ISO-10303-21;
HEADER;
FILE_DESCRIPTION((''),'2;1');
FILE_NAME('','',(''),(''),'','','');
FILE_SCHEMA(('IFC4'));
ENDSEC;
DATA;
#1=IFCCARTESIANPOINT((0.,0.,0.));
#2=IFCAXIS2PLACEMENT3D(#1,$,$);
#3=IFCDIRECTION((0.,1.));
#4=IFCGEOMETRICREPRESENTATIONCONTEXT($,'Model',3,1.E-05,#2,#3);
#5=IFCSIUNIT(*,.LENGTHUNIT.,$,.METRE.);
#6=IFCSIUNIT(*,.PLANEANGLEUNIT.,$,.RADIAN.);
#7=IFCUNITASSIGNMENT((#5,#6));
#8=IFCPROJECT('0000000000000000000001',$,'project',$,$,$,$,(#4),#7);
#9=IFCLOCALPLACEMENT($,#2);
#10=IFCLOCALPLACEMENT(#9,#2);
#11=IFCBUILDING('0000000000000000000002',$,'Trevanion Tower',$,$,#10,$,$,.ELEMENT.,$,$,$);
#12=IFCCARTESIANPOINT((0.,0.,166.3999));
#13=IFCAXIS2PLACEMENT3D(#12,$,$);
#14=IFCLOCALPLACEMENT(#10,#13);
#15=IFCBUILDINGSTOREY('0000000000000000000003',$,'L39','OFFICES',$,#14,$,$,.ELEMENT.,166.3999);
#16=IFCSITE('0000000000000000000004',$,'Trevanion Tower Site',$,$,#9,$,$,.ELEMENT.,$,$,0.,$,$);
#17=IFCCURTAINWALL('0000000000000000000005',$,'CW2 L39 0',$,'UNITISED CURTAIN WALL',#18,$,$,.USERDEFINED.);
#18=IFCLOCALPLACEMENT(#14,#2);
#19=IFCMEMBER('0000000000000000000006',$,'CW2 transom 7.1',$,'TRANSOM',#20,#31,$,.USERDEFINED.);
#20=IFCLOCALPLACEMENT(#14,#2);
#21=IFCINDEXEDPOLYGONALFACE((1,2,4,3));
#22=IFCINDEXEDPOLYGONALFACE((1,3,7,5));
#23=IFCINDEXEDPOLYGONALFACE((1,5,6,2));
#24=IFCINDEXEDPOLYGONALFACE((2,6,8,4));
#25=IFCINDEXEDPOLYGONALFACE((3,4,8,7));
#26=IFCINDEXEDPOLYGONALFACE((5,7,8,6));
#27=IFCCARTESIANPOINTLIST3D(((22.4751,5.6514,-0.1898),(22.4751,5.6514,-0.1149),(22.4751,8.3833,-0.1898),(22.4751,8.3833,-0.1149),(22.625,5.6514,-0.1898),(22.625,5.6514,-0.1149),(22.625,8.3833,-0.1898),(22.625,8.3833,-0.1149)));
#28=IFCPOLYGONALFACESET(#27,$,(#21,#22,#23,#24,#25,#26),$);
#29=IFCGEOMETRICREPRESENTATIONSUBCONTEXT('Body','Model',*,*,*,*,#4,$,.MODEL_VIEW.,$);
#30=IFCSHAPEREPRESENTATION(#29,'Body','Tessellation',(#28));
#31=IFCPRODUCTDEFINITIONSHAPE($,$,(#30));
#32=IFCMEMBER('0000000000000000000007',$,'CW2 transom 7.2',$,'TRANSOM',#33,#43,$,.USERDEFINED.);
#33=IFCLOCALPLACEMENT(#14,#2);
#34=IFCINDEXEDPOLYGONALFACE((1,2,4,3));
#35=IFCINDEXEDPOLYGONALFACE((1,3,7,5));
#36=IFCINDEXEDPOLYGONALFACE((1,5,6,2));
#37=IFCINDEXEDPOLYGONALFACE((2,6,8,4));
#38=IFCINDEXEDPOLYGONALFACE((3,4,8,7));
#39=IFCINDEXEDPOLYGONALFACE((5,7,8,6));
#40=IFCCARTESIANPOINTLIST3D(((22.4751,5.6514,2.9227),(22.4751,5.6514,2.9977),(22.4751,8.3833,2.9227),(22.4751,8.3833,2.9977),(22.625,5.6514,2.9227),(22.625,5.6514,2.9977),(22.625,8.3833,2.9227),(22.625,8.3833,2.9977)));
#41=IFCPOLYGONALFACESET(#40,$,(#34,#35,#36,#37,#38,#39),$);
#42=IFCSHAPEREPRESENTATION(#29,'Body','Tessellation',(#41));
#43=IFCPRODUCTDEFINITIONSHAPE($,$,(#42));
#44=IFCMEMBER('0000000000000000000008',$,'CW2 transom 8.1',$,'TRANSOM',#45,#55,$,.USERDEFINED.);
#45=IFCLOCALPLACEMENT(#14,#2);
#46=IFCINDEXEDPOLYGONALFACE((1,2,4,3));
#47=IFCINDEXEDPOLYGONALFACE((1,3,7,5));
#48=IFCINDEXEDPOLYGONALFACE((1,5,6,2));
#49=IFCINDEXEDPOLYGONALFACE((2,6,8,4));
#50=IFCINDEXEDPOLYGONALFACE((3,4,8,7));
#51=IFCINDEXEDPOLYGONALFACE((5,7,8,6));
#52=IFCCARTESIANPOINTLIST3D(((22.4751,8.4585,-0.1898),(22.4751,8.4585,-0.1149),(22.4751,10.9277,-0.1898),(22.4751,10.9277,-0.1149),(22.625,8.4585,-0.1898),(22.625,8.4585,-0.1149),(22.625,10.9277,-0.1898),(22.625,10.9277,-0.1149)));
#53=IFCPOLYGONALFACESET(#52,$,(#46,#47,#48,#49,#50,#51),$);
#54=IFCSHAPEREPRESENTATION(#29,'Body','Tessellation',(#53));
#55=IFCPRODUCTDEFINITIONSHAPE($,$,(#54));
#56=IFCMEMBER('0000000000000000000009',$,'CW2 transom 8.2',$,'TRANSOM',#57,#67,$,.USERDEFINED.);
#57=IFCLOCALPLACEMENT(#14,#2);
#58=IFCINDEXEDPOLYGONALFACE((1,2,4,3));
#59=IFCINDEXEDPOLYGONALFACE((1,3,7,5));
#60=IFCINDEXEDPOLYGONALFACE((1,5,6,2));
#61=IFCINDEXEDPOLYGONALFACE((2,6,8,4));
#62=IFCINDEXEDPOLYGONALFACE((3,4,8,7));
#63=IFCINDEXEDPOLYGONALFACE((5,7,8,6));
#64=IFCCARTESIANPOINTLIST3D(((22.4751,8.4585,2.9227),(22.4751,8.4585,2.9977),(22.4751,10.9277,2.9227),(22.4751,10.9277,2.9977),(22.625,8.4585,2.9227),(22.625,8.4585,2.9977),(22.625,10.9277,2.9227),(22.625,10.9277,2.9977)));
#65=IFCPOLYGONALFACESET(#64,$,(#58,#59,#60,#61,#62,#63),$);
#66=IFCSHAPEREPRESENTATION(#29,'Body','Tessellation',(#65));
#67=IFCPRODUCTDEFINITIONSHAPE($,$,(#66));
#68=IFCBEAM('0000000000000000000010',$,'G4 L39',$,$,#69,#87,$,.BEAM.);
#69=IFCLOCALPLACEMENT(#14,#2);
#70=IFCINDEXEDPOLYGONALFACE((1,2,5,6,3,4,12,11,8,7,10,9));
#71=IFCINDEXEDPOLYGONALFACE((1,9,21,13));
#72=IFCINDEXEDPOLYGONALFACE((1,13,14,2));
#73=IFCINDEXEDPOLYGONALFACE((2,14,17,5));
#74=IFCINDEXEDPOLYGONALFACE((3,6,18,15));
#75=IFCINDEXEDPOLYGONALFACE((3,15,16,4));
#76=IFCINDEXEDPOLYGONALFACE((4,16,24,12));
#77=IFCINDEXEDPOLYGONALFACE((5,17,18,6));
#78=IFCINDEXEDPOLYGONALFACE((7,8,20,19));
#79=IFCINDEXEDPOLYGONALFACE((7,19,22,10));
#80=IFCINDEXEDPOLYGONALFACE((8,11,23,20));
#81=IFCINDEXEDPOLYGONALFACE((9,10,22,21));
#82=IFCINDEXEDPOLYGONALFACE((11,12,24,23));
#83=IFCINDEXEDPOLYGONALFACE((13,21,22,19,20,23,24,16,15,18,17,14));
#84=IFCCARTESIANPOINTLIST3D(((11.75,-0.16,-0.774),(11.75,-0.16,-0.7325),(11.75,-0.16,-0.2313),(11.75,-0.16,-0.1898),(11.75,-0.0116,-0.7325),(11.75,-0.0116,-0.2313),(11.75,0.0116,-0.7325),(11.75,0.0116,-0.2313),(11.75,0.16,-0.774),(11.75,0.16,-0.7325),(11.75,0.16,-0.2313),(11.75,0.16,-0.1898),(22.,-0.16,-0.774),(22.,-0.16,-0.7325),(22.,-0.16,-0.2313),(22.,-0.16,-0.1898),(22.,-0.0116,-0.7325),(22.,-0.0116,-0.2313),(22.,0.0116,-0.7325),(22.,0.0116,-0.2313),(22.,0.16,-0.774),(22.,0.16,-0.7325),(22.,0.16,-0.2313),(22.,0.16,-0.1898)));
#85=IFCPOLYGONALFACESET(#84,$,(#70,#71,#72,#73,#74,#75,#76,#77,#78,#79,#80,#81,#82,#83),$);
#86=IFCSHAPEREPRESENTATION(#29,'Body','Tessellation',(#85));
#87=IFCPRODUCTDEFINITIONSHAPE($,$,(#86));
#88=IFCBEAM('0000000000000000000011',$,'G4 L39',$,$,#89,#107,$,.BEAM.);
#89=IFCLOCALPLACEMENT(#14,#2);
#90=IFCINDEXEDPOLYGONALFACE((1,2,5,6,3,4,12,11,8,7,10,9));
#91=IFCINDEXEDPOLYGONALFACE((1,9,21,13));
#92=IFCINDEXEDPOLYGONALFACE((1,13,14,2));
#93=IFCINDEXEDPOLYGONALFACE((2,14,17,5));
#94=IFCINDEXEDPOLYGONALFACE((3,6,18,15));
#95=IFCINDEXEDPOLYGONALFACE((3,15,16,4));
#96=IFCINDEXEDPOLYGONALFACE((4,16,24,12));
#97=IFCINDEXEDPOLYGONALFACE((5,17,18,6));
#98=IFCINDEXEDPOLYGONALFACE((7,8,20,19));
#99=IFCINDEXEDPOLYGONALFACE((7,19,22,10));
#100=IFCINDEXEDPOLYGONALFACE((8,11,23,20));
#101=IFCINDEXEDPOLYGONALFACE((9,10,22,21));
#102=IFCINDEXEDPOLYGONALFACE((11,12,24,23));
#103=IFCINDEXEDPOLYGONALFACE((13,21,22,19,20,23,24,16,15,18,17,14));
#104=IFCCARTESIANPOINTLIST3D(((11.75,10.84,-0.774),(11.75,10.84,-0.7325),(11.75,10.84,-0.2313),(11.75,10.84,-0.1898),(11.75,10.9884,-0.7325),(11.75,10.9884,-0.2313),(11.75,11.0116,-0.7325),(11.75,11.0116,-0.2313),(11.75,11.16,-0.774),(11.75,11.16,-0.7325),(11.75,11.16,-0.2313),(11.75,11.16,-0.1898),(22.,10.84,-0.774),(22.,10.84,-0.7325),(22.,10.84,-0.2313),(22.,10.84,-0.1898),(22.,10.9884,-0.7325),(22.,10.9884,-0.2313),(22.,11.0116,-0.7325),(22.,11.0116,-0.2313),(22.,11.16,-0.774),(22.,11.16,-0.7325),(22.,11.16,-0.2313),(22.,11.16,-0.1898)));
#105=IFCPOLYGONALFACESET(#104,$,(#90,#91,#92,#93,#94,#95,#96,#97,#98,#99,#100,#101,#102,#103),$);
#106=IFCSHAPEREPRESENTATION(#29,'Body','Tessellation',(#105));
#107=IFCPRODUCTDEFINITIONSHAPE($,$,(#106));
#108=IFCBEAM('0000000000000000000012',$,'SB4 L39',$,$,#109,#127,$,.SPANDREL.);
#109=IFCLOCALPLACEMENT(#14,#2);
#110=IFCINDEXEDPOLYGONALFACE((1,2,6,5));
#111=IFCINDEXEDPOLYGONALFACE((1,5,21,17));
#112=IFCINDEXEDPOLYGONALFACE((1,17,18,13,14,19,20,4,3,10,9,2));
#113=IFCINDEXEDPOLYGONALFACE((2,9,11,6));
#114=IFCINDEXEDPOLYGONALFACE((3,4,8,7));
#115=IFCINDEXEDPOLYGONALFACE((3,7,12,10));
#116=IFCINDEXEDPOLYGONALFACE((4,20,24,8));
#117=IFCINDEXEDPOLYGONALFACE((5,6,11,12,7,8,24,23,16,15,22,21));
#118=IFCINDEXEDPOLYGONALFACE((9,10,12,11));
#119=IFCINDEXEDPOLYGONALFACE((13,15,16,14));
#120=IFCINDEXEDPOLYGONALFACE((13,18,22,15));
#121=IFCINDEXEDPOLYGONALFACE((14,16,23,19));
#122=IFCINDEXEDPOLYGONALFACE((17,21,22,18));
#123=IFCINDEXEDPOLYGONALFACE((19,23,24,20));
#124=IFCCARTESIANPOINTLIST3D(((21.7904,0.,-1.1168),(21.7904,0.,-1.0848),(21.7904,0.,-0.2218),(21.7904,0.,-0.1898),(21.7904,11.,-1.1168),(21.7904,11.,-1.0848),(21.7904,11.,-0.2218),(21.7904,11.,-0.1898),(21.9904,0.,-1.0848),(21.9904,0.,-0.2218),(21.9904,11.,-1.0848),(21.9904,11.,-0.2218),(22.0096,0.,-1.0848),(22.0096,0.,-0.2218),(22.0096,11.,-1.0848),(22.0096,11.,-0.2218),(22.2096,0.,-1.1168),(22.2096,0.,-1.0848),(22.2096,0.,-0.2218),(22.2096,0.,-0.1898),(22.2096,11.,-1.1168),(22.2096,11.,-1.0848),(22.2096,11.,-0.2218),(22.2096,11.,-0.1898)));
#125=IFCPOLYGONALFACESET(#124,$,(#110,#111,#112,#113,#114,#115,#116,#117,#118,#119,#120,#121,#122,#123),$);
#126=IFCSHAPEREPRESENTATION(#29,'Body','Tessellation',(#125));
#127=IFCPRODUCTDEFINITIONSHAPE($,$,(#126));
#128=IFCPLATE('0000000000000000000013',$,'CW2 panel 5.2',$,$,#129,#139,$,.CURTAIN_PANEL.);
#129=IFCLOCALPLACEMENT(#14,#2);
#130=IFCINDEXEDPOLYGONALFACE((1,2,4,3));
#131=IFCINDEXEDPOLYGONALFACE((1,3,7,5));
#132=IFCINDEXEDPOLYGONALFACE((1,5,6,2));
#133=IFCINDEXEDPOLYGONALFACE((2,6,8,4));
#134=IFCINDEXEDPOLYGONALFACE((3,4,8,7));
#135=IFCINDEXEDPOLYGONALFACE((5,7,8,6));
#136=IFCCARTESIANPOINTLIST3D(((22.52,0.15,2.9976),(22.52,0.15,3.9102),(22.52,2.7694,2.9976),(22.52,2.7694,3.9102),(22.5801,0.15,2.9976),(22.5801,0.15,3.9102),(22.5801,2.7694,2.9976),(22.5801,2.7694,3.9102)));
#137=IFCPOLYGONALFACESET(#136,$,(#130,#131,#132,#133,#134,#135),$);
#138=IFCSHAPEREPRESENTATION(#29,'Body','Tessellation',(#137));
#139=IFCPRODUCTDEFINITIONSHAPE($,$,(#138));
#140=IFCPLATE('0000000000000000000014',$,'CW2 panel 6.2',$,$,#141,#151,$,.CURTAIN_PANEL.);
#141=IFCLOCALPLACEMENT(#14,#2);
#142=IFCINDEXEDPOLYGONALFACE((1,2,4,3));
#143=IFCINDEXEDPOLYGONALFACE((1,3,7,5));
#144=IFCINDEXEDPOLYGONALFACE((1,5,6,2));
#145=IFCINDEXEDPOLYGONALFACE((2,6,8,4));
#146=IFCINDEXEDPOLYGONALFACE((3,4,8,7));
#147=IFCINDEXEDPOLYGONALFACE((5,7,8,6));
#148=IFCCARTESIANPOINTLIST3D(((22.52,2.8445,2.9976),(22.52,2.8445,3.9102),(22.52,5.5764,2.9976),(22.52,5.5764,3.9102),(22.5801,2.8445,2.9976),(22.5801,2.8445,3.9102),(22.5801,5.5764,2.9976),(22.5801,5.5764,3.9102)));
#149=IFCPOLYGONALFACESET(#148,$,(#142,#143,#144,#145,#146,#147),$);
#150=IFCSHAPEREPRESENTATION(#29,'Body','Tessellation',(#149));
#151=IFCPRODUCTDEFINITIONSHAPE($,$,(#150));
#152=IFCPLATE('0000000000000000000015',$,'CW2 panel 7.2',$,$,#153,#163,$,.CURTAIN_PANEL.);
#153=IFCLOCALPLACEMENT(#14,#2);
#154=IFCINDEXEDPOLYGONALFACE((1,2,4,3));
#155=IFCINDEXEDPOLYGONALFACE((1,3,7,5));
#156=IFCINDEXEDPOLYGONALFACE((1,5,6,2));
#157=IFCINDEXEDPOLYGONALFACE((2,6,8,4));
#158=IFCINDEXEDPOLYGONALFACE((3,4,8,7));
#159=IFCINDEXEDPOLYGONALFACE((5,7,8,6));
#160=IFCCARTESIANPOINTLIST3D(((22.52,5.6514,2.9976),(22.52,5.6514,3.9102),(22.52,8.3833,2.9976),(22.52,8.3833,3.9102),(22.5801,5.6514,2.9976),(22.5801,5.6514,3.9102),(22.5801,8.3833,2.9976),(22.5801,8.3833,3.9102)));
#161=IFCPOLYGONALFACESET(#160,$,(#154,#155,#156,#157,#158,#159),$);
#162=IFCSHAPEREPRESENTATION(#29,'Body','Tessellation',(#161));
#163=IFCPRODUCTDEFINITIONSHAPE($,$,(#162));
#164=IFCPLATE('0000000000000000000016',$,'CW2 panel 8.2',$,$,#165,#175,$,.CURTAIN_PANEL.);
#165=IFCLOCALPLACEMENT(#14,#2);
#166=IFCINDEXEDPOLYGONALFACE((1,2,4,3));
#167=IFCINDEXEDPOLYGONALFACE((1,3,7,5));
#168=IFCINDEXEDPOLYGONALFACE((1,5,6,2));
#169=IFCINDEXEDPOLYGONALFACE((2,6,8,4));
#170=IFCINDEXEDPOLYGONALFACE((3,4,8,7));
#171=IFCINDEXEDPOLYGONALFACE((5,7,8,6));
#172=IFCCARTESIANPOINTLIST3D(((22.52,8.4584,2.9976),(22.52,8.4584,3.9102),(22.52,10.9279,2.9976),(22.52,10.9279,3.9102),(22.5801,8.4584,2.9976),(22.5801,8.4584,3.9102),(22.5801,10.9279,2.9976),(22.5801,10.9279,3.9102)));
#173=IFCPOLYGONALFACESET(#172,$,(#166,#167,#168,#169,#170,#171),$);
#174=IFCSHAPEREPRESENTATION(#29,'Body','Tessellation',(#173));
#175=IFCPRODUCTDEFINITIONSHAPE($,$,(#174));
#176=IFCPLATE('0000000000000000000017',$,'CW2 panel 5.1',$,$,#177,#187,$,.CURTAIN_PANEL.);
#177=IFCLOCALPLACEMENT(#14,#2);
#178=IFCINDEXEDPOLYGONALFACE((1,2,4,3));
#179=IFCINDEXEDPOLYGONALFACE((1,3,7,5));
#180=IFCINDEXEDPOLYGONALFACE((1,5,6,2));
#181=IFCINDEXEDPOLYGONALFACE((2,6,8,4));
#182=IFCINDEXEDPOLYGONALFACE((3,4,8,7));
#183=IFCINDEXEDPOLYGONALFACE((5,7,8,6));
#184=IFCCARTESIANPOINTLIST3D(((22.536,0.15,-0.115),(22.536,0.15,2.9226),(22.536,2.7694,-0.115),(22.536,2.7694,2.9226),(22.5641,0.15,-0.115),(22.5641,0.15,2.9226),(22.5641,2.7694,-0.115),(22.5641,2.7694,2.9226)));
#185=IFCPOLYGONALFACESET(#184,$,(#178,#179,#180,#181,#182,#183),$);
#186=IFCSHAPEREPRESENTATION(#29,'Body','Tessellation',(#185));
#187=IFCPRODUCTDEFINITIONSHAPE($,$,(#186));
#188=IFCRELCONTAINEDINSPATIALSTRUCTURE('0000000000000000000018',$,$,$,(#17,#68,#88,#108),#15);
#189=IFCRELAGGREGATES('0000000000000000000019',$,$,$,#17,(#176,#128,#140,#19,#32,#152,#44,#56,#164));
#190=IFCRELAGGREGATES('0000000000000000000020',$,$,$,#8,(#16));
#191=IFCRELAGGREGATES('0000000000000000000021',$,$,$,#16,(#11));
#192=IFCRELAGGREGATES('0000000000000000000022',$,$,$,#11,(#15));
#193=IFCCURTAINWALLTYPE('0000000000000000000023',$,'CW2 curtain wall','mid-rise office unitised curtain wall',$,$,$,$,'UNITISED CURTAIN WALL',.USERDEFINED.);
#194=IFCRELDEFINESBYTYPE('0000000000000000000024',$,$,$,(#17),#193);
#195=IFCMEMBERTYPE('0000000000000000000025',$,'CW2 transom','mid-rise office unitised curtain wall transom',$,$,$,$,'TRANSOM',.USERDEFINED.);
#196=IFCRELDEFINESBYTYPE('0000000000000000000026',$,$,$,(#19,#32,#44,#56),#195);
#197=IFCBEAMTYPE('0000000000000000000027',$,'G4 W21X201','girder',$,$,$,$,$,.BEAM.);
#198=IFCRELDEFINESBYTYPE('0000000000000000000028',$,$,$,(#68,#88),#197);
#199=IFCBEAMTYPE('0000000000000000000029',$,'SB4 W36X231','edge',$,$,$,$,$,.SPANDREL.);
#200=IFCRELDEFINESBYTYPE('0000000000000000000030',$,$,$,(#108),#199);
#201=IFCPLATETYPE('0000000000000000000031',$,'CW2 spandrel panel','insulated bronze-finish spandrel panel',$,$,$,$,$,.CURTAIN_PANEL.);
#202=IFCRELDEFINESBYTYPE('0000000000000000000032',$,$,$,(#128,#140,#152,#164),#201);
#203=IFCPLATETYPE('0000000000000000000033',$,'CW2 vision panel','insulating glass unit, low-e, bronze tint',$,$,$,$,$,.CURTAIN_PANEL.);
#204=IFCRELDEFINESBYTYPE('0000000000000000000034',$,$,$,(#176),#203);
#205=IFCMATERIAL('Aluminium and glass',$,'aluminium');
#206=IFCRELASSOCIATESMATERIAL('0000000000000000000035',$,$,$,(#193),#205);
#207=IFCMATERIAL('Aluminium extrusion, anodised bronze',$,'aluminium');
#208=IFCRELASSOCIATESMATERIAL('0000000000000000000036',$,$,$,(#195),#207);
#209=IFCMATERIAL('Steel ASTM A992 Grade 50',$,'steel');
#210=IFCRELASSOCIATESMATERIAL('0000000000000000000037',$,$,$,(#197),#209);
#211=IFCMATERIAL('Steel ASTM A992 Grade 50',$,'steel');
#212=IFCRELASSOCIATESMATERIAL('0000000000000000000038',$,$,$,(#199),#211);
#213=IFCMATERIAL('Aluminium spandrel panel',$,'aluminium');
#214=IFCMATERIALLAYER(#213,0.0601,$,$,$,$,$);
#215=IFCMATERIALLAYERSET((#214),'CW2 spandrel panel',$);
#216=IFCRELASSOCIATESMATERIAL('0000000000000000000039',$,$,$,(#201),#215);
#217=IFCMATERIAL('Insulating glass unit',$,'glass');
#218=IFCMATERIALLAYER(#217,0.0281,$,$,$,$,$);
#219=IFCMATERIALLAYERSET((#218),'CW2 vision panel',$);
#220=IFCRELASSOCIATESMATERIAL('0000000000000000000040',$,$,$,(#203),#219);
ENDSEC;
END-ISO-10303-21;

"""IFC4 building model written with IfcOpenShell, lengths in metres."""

from ifc_helpers import new_model, si_unit, direction, frame, origin, origin_2d, place, context, subcontext, project, spatial, rectangle, i_section, extrude, material, layer, layer_set, material_profile, profile_set, type_object, element, aggregate, save


model = new_model("IFC4")

# Units and contexts
model_context = context("Model", 3, precision=1e-05, world=origin(), true_north=direction((0.0, 1.0)))
body_context = subcontext(model_context, "Body", "Model", "MODEL_VIEW")
ifc_project = project(units=[si_unit("LENGTHUNIT", "METRE"), si_unit("PLANEANGLEUNIT", "RADIAN")], contexts=[model_context])

# Site, building, storey
site_placement = place(None, origin())
site = spatial("IfcSite", under=ifc_project, at=site_placement, Name="Trevanion Tower Site", CompositionType="ELEMENT", RefElevation=0.0)
building_placement = place(site_placement, origin())
building = spatial("IfcBuilding", under=site, at=building_placement, Name="Trevanion Tower", CompositionType="ELEMENT")
storey_placement = place(building_placement, frame((0.0, 0.0, 166.3999)))
storey = spatial("IfcBuildingStorey", under=building, at=storey_placement, Name="L39", Description="OFFICES", CompositionType="ELEMENT", Elevation=166.3999)

# Curtain wall, members
ifc_material_1 = material(Name="Aluminium and glass", Category="aluminium")
curtain_wall_type = type_object("IfcCurtainWallType", Name="CW2 curtain wall", Description="mid-rise office unitised curtain wall", ElementType="UNITISED CURTAIN WALL", PredefinedType="USERDEFINED", material=ifc_material_1)
curtain_wall_placement = place(storey_placement, origin())
curtain_wall = element("IfcCurtainWall", 1, at=curtain_wall_placement, inside=storey, type_object=curtain_wall_type, Name="CW2 L39 0", ObjectType="UNITISED CURTAIN WALL", PredefinedType="USERDEFINED")
ifc_material_2 = material(Name="Aluminium extrusion, anodised bronze", Category="aluminium")
ifc_material_profile_1 = material_profile(ifc_material_2, rectangle(XDim=0.1499, YDim=0.075, at=origin_2d()), Name="CW2 transom")
ifc_profile_set_1 = profile_set([ifc_material_profile_1], Name="Aluminium extrusion, anodised bronze")
member_type_1 = type_object("IfcMemberType", Name="CW2 transom", Description="mid-rise office unitised curtain wall transom", ElementType="TRANSOM", PredefinedType="USERDEFINED", material=ifc_profile_set_1)
member_1_placement = place(storey_placement, frame((22.55, 5.6514, -0.1523), z_axis=(0.0, 1.0, 0.0), x_axis=(-1.0, 0.0, 0.0)))
member_1 = element("IfcMember", 2, at=member_1_placement, type_object=member_type_1, Name="CW2 transom 7.1", ObjectType="TRANSOM", PredefinedType="USERDEFINED", context=body_context, shape_type="SweptSolid", body=[
    extrude(rectangle(XDim=0.1499, YDim=0.075, at=origin_2d()), origin(), (0.0, 0.0, 1.0), 2.7319),
])
member_2_placement = place(storey_placement, frame((22.55, 5.6514, 2.9602), z_axis=(0.0, 1.0, 0.0), x_axis=(-1.0, 0.0, 0.0)))
member_2 = element("IfcMember", 3, at=member_2_placement, type_object=member_type_1, Name="CW2 transom 7.2", ObjectType="TRANSOM", PredefinedType="USERDEFINED", context=body_context, shape_type="SweptSolid", body=[
    extrude(rectangle(XDim=0.1499, YDim=0.075, at=origin_2d()), origin(), (0.0, 0.0, 1.0), 2.7319),
])
member_3_placement = place(storey_placement, frame((22.55, 8.4585, -0.1523), z_axis=(0.0, 1.0, 0.0), x_axis=(-1.0, 0.0, 0.0)))
member_3 = element("IfcMember", 4, at=member_3_placement, type_object=member_type_1, Name="CW2 transom 8.1", ObjectType="TRANSOM", PredefinedType="USERDEFINED", context=body_context, shape_type="SweptSolid", body=[
    extrude(rectangle(XDim=0.1499, YDim=0.075, at=origin_2d()), origin(), (0.0, 0.0, 1.0), 2.4692),
])
member_4_placement = place(storey_placement, frame((22.55, 8.4585, 2.9602), z_axis=(0.0, 1.0, 0.0), x_axis=(-1.0, 0.0, 0.0)))
member_4 = element("IfcMember", 5, at=member_4_placement, type_object=member_type_1, Name="CW2 transom 8.2", ObjectType="TRANSOM", PredefinedType="USERDEFINED", context=body_context, shape_type="SweptSolid", body=[
    extrude(rectangle(XDim=0.1499, YDim=0.075, at=origin_2d()), origin(), (0.0, 0.0, 1.0), 2.4692),
])

# Beams
ifc_material_3 = material(Name="Steel ASTM A992 Grade 50", Category="steel")
ifc_material_profile_2 = material_profile(ifc_material_3, i_section(OverallWidth=0.3201, OverallDepth=0.5842, WebThickness=0.0232, FlangeThickness=0.0415, at=origin_2d()), Name="W21X201")
ifc_profile_set_2 = profile_set([ifc_material_profile_2], Name="Steel ASTM A992 Grade 50")
beam_type_1 = type_object("IfcBeamType", Name="G4 W21X201", Description="girder", PredefinedType="BEAM", material=ifc_profile_set_2)
for number, where, z_axis, x_axis, name in (
    (6, (11.75, 0.0, -0.4819), (1.0, 0.0, 0.0), (0.0, 1.0, 0.0), "G4 L39"),
    (7, (11.75, 11.0, -0.4819), (1.0, 0.0, 0.0), (0.0, 1.0, 0.0), "G4 L39"),
):
    element("IfcBeam", number, at=place(storey_placement, frame(where, z_axis=z_axis, x_axis=x_axis)), inside=storey, type_object=beam_type_1, Name=name, PredefinedType="BEAM", context=body_context, shape_type="SweptSolid", body=[
        extrude(i_section(OverallWidth=0.3201, OverallDepth=0.5842, WebThickness=0.0232, FlangeThickness=0.0415, at=origin_2d()), origin(), (0.0, 0.0, 1.0), 10.25),
    ])
ifc_material_4 = material(Name="Steel ASTM A992 Grade 50", Category="steel")
ifc_material_profile_3 = material_profile(ifc_material_4, i_section(OverallWidth=0.4192, OverallDepth=0.927, WebThickness=0.0193, FlangeThickness=0.032, at=origin_2d()), Name="W36X231")
ifc_profile_set_3 = profile_set([ifc_material_profile_3], Name="Steel ASTM A992 Grade 50")
beam_type_2 = type_object("IfcBeamType", Name="SB4 W36X231", Description="edge", PredefinedType="SPANDREL", material=ifc_profile_set_3)
beam_placement = place(storey_placement, frame((22.0, 0.0, -0.6533), z_axis=(0.0, 1.0, 0.0), x_axis=(-1.0, 0.0, 0.0)))
element("IfcBeam", 8, at=beam_placement, inside=storey, type_object=beam_type_2, Name="SB4 L39", PredefinedType="SPANDREL", context=body_context, shape_type="SweptSolid", body=[
    extrude(i_section(OverallWidth=0.4192, OverallDepth=0.927, WebThickness=0.0193, FlangeThickness=0.032, at=origin_2d()), origin(), (0.0, 0.0, 1.0), 11.0),
])

# Plates
ifc_material_5 = material(Name="Aluminium spandrel panel", Category="aluminium")
ifc_layer_1 = layer(ifc_material_5, 0.0601)
ifc_layer_set_1 = layer_set([ifc_layer_1], Name="CW2 spandrel panel")
plate_type_1 = type_object("IfcPlateType", Name="CW2 spandrel panel", Description="insulated bronze-finish spandrel panel", PredefinedType="CURTAIN_PANEL", material=ifc_layer_set_1)
plate_1_placement = place(storey_placement, frame((22.55, 1.4597, 2.9976), z_axis=(0.0, 0.0, 1.0), x_axis=(0.0, 1.0, 0.0)))
plate_1 = element("IfcPlate", 9, at=plate_1_placement, type_object=plate_type_1, Name="CW2 panel 5.2", PredefinedType="CURTAIN_PANEL", context=body_context, shape_type="SweptSolid", body=[
    extrude(rectangle(XDim=2.6194, YDim=0.0601, at=origin_2d()), origin(), (0.0, 0.0, 1.0), 0.9126),
])
plate_2_placement = place(storey_placement, frame((22.55, 4.2104, 2.9976), z_axis=(0.0, 0.0, 1.0), x_axis=(0.0, 1.0, 0.0)))
plate_2 = element("IfcPlate", 10, at=plate_2_placement, type_object=plate_type_1, Name="CW2 panel 6.2", PredefinedType="CURTAIN_PANEL", context=body_context, shape_type="SweptSolid", body=[
    extrude(rectangle(XDim=2.7319, YDim=0.0601, at=origin_2d()), origin(), (0.0, 0.0, 1.0), 0.9126),
])
plate_3_placement = place(storey_placement, frame((22.55, 7.0173, 2.9976), z_axis=(0.0, 0.0, 1.0), x_axis=(0.0, 1.0, 0.0)))
plate_3 = element("IfcPlate", 11, at=plate_3_placement, type_object=plate_type_1, Name="CW2 panel 7.2", PredefinedType="CURTAIN_PANEL", context=body_context, shape_type="SweptSolid", body=[
    extrude(rectangle(XDim=2.7319, YDim=0.0601, at=origin_2d()), origin(), (0.0, 0.0, 1.0), 0.9126),
])
plate_4_placement = place(storey_placement, frame((22.55, 9.6931, 2.9976), z_axis=(0.0, 0.0, 1.0), x_axis=(0.0, 1.0, 0.0)))
plate_4 = element("IfcPlate", 12, at=plate_4_placement, type_object=plate_type_1, Name="CW2 panel 8.2", PredefinedType="CURTAIN_PANEL", context=body_context, shape_type="SweptSolid", body=[
    extrude(rectangle(XDim=2.4695, YDim=0.0601, at=origin_2d()), origin(), (0.0, 0.0, 1.0), 0.9126),
])
ifc_material_6 = material(Name="Insulating glass unit", Category="glass")
ifc_layer_2 = layer(ifc_material_6, 0.0281)
ifc_layer_set_2 = layer_set([ifc_layer_2], Name="CW2 vision panel")
plate_type_2 = type_object("IfcPlateType", Name="CW2 vision panel", Description="insulating glass unit, low-e, bronze tint", PredefinedType="CURTAIN_PANEL", material=ifc_layer_set_2)
plate_5_placement = place(storey_placement, frame((22.55, 1.4597, -0.115), z_axis=(0.0, 0.0, 1.0), x_axis=(0.0, 1.0, 0.0)))
plate_5 = element("IfcPlate", 13, at=plate_5_placement, type_object=plate_type_2, Name="CW2 panel 5.1", PredefinedType="CURTAIN_PANEL", context=body_context, shape_type="SweptSolid", body=[
    extrude(rectangle(XDim=2.6194, YDim=0.0281, at=origin_2d()), origin(), (0.0, 0.0, 1.0), 3.0376),
])
aggregate(curtain_wall, [plate_5, plate_1, plate_2, member_1, member_2, plate_3, member_3, member_4, plate_4])

save(model, "model.ifc")
